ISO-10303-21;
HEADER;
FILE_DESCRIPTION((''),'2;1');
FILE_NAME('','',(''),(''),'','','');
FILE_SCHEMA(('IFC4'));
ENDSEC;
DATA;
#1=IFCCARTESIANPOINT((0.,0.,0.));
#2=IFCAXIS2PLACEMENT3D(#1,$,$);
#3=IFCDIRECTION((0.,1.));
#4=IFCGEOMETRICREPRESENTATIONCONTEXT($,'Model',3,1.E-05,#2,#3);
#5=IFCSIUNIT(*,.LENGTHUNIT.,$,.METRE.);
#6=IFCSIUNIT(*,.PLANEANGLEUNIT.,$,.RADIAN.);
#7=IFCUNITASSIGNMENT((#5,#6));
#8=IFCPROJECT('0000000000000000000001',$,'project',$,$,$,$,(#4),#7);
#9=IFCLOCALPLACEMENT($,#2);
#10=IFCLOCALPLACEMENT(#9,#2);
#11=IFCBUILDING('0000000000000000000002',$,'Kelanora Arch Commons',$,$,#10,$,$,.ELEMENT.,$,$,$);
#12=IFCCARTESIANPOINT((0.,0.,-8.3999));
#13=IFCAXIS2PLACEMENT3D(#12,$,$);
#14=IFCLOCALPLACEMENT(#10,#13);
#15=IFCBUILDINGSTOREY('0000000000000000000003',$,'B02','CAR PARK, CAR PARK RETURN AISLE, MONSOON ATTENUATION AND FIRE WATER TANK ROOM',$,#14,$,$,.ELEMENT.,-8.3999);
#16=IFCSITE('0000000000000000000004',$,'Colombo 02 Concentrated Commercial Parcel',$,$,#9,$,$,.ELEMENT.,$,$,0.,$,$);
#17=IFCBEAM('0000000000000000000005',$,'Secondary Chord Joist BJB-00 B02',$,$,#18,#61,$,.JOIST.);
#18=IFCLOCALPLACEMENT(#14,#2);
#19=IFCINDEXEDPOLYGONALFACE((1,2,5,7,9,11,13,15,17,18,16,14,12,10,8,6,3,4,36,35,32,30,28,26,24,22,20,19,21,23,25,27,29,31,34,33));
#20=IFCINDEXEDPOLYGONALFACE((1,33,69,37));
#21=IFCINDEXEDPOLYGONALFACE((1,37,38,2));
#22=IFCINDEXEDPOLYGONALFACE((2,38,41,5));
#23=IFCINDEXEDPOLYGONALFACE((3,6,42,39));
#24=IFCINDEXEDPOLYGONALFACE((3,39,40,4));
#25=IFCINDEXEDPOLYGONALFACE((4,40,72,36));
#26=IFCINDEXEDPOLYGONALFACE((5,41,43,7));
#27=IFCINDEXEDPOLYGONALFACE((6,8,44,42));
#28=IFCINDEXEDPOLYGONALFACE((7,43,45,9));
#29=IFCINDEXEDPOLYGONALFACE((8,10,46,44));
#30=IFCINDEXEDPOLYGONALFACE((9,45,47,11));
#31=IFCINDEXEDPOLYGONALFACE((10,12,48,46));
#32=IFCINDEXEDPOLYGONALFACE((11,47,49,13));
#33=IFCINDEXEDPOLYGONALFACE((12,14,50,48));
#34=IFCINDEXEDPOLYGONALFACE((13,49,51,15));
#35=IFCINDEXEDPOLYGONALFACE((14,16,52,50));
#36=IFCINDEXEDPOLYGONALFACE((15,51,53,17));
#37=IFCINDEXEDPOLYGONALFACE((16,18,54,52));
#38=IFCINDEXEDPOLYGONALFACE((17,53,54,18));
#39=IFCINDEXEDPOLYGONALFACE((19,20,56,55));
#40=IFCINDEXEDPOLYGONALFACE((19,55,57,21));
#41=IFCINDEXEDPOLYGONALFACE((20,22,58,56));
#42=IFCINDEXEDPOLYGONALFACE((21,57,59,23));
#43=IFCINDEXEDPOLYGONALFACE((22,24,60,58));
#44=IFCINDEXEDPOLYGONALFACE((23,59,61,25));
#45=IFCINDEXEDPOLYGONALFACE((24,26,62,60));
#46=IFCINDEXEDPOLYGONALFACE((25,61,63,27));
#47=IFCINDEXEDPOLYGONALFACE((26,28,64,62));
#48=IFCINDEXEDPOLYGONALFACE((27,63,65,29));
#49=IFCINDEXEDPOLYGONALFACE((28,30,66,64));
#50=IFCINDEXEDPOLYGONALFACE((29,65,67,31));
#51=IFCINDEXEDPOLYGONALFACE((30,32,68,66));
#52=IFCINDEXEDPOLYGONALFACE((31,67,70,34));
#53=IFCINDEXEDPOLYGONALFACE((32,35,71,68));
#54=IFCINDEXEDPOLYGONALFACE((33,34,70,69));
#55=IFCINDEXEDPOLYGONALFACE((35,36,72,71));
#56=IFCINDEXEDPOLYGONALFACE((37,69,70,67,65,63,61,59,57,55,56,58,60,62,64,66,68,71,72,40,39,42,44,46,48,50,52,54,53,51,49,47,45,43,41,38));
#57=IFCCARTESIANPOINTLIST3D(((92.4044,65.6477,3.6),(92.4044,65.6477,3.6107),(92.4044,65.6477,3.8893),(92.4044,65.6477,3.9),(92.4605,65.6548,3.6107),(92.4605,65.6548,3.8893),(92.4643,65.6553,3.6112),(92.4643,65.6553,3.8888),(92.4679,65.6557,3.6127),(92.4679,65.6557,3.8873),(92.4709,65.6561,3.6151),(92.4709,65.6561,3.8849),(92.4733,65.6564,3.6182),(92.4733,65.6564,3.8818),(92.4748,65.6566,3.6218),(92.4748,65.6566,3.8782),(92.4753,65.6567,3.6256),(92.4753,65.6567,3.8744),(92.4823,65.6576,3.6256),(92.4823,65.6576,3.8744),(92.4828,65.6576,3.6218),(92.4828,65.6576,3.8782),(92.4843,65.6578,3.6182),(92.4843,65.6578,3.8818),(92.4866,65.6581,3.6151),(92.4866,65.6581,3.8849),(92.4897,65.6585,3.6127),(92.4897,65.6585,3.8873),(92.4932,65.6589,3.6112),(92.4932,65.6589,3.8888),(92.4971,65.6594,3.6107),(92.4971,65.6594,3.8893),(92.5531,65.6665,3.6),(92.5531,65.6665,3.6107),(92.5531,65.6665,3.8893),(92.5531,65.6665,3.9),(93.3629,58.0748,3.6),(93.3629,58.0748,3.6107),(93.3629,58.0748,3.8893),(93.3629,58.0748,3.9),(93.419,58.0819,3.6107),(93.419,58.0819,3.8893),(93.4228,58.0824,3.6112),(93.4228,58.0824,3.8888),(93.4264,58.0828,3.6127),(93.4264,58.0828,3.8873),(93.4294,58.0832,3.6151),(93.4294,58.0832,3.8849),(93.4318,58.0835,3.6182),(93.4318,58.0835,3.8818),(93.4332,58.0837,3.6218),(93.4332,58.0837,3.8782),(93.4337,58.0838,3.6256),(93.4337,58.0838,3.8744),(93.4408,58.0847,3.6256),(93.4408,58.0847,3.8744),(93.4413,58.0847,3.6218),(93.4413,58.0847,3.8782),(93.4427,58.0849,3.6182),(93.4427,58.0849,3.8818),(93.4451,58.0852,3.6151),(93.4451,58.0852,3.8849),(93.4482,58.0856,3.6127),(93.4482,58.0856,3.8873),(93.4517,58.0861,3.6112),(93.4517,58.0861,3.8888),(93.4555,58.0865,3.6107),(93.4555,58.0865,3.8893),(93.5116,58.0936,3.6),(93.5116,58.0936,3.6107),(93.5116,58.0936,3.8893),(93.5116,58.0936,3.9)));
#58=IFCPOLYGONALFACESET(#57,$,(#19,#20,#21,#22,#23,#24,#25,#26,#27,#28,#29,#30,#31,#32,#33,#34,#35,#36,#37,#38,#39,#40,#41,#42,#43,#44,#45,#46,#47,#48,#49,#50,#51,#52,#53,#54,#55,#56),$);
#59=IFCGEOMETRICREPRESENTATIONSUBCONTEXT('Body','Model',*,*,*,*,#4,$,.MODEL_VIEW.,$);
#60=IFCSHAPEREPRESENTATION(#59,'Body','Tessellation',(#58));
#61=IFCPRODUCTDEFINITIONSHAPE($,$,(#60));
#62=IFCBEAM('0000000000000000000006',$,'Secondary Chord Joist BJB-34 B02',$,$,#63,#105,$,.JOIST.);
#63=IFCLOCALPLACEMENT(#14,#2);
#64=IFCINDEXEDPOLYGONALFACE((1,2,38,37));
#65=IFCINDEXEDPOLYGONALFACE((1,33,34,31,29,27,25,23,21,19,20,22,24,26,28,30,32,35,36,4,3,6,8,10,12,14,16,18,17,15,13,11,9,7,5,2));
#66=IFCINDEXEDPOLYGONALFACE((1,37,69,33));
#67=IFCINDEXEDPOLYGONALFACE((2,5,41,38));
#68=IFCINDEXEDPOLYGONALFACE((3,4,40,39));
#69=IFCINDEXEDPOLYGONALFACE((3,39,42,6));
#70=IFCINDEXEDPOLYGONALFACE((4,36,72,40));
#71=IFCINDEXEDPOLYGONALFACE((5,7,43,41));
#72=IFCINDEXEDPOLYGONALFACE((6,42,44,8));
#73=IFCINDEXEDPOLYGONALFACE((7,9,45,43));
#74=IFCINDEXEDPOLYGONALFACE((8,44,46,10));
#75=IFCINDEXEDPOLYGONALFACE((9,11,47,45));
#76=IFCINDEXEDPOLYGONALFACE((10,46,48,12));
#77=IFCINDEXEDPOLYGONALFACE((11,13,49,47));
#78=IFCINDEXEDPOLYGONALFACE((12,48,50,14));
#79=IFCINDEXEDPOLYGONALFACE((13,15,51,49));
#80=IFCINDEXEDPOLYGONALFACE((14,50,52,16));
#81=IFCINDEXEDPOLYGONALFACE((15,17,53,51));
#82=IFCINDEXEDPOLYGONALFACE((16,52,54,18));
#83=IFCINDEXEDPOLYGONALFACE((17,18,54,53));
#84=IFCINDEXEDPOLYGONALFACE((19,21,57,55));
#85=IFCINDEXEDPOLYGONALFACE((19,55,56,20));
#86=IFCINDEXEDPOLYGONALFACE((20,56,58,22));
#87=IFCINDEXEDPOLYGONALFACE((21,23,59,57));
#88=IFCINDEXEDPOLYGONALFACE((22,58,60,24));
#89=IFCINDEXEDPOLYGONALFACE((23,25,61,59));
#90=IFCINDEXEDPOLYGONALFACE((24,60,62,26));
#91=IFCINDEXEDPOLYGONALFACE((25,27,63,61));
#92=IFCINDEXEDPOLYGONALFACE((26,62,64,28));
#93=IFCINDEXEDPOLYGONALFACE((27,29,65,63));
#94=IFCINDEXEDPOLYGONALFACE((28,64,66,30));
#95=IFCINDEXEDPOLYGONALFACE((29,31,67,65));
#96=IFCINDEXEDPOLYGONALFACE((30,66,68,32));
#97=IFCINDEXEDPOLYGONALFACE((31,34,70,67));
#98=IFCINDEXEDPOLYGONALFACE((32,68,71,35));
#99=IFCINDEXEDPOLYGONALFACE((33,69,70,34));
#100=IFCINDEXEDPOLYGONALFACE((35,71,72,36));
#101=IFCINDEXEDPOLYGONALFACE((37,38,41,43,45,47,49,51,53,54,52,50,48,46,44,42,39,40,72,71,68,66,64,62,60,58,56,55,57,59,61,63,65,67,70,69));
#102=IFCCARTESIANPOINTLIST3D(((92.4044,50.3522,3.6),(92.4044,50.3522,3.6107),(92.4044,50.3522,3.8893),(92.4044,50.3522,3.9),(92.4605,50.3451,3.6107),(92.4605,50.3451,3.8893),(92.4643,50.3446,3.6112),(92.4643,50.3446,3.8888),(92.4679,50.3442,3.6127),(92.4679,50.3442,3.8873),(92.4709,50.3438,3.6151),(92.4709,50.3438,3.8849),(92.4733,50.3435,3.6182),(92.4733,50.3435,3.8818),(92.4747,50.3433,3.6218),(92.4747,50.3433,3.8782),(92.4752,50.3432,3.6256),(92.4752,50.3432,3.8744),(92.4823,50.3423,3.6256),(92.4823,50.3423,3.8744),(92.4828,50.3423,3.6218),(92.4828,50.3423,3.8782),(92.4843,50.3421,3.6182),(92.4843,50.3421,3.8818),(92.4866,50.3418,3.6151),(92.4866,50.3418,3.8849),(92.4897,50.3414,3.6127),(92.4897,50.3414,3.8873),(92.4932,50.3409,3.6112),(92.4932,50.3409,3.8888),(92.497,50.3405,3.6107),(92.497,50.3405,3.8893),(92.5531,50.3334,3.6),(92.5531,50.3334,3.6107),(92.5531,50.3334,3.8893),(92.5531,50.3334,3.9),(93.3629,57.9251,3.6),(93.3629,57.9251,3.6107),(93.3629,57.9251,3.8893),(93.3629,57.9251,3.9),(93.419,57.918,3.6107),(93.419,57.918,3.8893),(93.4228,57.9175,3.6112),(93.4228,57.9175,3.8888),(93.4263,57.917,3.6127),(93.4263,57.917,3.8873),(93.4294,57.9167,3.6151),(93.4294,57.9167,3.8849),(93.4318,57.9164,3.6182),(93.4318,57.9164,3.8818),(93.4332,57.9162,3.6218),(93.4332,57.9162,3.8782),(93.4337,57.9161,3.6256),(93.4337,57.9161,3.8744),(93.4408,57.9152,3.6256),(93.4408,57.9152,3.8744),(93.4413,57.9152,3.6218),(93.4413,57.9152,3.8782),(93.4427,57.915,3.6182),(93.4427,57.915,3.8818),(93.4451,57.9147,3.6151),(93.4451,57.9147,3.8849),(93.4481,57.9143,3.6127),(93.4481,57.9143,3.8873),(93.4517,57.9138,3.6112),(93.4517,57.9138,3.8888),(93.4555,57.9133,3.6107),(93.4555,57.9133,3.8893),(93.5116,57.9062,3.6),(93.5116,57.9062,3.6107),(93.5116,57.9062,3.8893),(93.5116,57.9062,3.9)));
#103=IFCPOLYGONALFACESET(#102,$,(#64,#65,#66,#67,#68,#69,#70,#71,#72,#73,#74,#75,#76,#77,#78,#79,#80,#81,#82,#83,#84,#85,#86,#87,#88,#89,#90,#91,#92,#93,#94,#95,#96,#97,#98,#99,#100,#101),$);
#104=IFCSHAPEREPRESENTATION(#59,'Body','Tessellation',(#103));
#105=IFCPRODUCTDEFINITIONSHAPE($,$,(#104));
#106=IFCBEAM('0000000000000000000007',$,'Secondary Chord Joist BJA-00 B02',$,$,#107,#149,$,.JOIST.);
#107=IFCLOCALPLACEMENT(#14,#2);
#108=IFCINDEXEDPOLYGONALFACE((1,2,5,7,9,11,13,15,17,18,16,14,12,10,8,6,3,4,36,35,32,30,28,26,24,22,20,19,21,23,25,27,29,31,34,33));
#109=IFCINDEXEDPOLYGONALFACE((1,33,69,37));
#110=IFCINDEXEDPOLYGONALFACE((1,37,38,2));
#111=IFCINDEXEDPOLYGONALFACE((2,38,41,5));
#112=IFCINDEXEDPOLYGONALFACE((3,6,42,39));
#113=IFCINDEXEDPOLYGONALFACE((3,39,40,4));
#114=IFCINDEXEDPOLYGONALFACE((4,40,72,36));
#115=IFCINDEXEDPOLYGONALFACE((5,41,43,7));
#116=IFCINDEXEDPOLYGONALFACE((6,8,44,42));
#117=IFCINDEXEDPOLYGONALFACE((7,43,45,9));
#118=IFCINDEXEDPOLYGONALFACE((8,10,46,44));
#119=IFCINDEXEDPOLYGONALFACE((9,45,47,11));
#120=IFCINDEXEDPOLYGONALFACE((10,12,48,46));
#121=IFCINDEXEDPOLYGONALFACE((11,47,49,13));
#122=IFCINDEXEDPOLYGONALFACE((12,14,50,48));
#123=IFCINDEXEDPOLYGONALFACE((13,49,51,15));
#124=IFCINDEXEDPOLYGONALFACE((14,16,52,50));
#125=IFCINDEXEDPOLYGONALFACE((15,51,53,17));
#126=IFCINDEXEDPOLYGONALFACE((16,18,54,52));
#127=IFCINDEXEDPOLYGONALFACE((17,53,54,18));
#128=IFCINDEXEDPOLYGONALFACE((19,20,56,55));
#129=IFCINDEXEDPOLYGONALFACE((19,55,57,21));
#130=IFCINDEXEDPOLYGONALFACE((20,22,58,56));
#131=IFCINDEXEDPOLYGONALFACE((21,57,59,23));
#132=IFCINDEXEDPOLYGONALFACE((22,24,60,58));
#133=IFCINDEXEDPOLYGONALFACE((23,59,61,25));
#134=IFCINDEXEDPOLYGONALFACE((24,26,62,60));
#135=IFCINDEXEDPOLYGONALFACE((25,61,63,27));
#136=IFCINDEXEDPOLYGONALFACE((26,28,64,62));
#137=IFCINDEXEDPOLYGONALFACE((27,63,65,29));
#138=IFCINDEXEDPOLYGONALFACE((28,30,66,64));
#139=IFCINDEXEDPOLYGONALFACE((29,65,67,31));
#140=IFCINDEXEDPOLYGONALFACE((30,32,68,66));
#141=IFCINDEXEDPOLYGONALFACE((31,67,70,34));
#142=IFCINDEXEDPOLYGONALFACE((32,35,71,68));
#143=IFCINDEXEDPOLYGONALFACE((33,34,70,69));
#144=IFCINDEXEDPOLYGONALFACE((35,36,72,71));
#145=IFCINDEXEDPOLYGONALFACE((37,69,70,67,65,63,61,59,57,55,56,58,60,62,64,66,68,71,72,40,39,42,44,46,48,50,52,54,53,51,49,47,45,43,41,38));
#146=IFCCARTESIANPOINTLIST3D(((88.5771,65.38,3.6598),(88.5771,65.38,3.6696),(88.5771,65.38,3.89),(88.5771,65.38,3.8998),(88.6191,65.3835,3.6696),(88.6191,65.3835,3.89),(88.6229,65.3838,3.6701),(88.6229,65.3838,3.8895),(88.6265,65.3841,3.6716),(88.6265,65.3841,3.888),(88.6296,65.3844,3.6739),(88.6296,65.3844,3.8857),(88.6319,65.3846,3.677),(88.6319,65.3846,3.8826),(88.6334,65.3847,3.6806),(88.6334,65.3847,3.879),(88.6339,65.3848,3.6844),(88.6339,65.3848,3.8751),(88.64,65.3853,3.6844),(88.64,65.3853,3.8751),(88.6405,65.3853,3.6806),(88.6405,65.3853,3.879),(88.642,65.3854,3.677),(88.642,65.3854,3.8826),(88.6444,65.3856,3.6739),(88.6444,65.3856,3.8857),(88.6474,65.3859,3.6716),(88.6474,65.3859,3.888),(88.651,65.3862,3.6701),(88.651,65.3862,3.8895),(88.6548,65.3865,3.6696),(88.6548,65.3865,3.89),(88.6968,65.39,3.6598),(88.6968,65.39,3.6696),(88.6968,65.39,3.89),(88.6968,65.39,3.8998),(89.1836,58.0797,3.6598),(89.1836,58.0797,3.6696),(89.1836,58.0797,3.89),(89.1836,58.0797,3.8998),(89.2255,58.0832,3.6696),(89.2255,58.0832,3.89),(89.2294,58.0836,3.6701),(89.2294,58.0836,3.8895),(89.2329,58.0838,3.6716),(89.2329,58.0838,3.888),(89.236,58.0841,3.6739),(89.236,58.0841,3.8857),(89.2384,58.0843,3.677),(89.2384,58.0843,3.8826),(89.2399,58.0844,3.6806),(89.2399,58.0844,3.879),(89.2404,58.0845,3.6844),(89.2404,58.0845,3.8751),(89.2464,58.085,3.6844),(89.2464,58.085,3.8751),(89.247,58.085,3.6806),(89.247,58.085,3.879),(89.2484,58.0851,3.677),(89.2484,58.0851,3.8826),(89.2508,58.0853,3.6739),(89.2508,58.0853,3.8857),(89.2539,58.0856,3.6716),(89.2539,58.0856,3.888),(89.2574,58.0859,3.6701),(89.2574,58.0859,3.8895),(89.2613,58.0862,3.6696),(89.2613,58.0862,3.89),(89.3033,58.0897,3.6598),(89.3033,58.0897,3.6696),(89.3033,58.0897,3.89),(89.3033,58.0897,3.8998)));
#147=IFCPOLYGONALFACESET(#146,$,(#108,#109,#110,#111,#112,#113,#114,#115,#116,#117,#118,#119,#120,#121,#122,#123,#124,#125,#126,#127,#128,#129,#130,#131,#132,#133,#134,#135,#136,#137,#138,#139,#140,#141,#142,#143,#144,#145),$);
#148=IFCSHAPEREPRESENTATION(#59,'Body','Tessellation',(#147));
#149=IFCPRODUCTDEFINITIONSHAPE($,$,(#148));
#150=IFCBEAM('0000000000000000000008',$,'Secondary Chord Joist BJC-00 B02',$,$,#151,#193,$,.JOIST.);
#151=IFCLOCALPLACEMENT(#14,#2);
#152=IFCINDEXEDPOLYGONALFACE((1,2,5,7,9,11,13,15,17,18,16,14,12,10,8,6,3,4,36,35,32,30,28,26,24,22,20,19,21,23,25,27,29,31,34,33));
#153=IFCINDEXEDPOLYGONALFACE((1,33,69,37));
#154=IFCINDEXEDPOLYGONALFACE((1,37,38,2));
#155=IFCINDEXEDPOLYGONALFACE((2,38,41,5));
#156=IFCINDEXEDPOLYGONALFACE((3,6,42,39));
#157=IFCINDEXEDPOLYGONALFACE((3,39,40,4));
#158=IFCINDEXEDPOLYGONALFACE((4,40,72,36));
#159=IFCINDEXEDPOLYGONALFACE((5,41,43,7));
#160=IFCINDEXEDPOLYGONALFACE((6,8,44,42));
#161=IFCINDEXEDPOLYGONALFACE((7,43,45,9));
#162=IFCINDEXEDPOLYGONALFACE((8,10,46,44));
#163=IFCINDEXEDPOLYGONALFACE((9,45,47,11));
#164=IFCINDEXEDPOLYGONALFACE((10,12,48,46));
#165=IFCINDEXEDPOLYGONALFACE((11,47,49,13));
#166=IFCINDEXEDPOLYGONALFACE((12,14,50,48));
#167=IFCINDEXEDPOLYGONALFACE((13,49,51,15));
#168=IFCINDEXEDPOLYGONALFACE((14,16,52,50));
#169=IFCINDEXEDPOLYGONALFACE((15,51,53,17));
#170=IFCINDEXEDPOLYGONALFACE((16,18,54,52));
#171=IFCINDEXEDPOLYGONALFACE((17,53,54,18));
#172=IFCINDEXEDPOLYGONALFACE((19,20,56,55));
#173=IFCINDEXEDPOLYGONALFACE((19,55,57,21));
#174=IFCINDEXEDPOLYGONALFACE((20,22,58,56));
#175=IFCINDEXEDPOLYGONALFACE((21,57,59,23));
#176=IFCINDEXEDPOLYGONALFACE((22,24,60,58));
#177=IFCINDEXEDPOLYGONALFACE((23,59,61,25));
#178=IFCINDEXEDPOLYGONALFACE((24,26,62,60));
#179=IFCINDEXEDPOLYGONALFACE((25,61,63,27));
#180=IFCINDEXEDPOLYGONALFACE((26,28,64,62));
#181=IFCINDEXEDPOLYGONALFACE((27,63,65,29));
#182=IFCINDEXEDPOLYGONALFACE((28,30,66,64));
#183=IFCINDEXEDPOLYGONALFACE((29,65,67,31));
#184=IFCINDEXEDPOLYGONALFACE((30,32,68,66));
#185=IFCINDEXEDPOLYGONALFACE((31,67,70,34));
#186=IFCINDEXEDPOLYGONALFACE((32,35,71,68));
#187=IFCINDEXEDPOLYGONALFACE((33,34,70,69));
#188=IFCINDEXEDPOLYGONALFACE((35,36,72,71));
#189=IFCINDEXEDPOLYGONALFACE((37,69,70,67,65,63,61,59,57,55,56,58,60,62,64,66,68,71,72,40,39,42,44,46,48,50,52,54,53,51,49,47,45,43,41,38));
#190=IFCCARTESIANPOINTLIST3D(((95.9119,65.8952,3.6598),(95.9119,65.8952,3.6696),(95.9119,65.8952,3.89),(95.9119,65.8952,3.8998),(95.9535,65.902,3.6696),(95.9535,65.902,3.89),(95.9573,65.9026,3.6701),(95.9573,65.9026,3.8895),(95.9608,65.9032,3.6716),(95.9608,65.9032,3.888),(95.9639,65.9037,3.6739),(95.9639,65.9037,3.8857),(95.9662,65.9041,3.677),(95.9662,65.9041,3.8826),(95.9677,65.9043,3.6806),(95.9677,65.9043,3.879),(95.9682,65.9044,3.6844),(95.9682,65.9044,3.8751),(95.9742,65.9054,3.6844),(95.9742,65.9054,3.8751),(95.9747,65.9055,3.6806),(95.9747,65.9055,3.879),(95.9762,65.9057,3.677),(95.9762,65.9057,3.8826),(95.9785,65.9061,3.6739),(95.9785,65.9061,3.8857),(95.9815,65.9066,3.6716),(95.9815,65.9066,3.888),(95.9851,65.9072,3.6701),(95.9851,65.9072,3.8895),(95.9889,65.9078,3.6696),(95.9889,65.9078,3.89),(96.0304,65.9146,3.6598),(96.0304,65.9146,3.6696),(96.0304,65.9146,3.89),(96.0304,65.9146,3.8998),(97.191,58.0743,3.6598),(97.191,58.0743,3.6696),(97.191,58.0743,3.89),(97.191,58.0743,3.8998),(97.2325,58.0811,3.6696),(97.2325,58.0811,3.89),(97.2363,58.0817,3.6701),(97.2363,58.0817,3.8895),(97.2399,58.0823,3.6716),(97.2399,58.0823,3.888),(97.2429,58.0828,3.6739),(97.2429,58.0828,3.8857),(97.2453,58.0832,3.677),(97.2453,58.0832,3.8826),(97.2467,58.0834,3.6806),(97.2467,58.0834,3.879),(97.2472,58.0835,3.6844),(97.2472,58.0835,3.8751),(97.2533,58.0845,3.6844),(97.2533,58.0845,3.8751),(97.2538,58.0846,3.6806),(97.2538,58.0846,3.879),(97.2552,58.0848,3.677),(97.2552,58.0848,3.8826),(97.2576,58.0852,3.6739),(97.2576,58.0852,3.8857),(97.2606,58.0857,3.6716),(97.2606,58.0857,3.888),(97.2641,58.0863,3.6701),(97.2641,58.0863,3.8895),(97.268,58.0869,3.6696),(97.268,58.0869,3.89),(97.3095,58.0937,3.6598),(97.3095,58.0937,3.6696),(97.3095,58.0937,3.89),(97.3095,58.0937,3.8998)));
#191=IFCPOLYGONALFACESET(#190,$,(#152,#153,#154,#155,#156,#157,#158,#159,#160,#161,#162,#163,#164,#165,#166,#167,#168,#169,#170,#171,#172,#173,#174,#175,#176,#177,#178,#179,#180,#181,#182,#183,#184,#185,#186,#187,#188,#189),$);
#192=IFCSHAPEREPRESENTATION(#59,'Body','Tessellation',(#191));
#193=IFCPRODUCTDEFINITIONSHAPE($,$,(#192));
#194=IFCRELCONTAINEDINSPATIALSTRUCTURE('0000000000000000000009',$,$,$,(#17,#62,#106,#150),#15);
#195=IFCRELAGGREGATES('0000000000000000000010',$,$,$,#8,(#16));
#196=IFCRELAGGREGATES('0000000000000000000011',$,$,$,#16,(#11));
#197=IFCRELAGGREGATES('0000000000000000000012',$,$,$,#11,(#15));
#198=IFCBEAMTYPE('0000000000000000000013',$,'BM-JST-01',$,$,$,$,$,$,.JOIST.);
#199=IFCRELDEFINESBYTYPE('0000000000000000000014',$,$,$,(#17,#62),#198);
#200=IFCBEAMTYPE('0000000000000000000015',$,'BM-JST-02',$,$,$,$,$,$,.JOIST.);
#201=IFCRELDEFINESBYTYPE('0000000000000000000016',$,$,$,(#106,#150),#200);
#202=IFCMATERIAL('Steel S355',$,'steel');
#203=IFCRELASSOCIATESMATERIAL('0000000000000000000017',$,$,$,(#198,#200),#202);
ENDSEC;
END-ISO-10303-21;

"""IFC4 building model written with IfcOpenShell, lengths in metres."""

from ifc_helpers import new_model, si_unit, direction, frame, origin, origin_2d, place, context, subcontext, project, spatial, i_section, extrude, material, material_profile, profile_set, type_object, element, save


model = new_model("IFC4")

# Units and contexts
model_context = context("Model", 3, precision=1e-05, world=origin(), true_north=direction((0.0, 1.0)))
body_context = subcontext(model_context, "Body", "Model", "MODEL_VIEW")
ifc_project = project(units=[si_unit("LENGTHUNIT", "METRE"), si_unit("PLANEANGLEUNIT", "RADIAN")], contexts=[model_context])

# Site, building, storey
site_placement = place(None, origin())
site = spatial("IfcSite", under=ifc_project, at=site_placement, Name="Colombo 02 Concentrated Commercial Parcel", CompositionType="ELEMENT", RefElevation=0.0)
building_placement = place(site_placement, origin())
building = spatial("IfcBuilding", under=site, at=building_placement, Name="Kelanora Arch Commons", CompositionType="ELEMENT")
storey_placement = place(building_placement, frame((0.0, 0.0, -8.3999)))
storey = spatial("IfcBuildingStorey", under=building, at=storey_placement, Name="B02", Description="CAR PARK, CAR PARK RETURN AISLE, MONSOON ATTENUATION AND FIRE WATER TANK ROOM", CompositionType="ELEMENT", Elevation=-8.3999)

# Shared definitions
ifc_material_1 = material(Name="Steel S355", Category="steel")

# Beams
ifc_material_profile_1 = material_profile(ifc_material_1, i_section(OverallWidth=0.1499, OverallDepth=0.3, WebThickness=0.0071, FlangeThickness=0.0107, FilletRadius=0.0149, at=origin_2d()), Name="IPE300")
ifc_profile_set_1 = profile_set([ifc_material_profile_1], Name="Steel S355")
beam_type_1 = type_object("IfcBeamType", Name="BM-JST-01", PredefinedType="JOIST", material=ifc_profile_set_1)
for number, where, z_axis, x_axis, name in (
    (1, (93.4373, 58.0842, 3.75), (-0.125566, 0.992085, 0.0), (-0.992085, -0.125566, 0.0), "Secondary Chord Joist BJB-00 B02"),
    (2, (92.4788, 50.3428, 3.75), (0.125566, 0.992085, 0.0), (-0.992085, 0.125566, 0.0), "Secondary Chord Joist BJB-34 B02"),
):
    element("IfcBeam", number, at=place(storey_placement, frame(where, z_axis=z_axis, x_axis=x_axis)), inside=storey, type_object=beam_type_1, Name=name, PredefinedType="JOIST", context=body_context, shape_type="SweptSolid", body=[
        extrude(i_section(OverallWidth=0.1499, OverallDepth=0.3, WebThickness=0.0071, FlangeThickness=0.0107, FilletRadius=0.0149, at=origin_2d()), origin(), (0.0, 0.0, 1.0), 7.6333),
    ])
ifc_material_profile_2 = material_profile(ifc_material_1, i_section(OverallWidth=0.1201, OverallDepth=0.24, WebThickness=0.0061, FlangeThickness=0.0098, FilletRadius=0.0149, at=origin_2d()), Name="IPE240")
ifc_profile_set_2 = profile_set([ifc_material_profile_2], Name="Steel S355")
beam_type_2 = type_object("IfcBeamType", Name="BM-JST-02", PredefinedType="JOIST", material=ifc_profile_set_2)
beam_1_placement = place(storey_placement, frame((89.2434, 58.0847, 3.7798), z_axis=(-0.082786, 0.996567, 0.0), x_axis=(-0.996567, -0.082786, 0.0)))
element("IfcBeam", 3, at=beam_1_placement, inside=storey, type_object=beam_type_2, Name="Secondary Chord Joist BJA-00 B02", PredefinedType="JOIST", context=body_context, shape_type="SweptSolid", body=[
    extrude(i_section(OverallWidth=0.1201, OverallDepth=0.24, WebThickness=0.0061, FlangeThickness=0.0098, FilletRadius=0.0149, at=origin_2d()), origin(), (0.0, 0.0, 1.0), 7.3254),
])
beam_2_placement = place(storey_placement, frame((97.2502, 58.084, 3.7798), z_axis=(-0.161401, 0.986889, 0.0), x_axis=(-0.986889, -0.161401, 0.0)))
element("IfcBeam", 4, at=beam_2_placement, inside=storey, type_object=beam_type_2, Name="Secondary Chord Joist BJC-00 B02", PredefinedType="JOIST", context=body_context, shape_type="SweptSolid", body=[
    extrude(i_section(OverallWidth=0.1201, OverallDepth=0.24, WebThickness=0.0061, FlangeThickness=0.0098, FilletRadius=0.0149, at=origin_2d()), origin(), (0.0, 0.0, 1.0), 7.9248),
])

save(model, "model.ifc")
